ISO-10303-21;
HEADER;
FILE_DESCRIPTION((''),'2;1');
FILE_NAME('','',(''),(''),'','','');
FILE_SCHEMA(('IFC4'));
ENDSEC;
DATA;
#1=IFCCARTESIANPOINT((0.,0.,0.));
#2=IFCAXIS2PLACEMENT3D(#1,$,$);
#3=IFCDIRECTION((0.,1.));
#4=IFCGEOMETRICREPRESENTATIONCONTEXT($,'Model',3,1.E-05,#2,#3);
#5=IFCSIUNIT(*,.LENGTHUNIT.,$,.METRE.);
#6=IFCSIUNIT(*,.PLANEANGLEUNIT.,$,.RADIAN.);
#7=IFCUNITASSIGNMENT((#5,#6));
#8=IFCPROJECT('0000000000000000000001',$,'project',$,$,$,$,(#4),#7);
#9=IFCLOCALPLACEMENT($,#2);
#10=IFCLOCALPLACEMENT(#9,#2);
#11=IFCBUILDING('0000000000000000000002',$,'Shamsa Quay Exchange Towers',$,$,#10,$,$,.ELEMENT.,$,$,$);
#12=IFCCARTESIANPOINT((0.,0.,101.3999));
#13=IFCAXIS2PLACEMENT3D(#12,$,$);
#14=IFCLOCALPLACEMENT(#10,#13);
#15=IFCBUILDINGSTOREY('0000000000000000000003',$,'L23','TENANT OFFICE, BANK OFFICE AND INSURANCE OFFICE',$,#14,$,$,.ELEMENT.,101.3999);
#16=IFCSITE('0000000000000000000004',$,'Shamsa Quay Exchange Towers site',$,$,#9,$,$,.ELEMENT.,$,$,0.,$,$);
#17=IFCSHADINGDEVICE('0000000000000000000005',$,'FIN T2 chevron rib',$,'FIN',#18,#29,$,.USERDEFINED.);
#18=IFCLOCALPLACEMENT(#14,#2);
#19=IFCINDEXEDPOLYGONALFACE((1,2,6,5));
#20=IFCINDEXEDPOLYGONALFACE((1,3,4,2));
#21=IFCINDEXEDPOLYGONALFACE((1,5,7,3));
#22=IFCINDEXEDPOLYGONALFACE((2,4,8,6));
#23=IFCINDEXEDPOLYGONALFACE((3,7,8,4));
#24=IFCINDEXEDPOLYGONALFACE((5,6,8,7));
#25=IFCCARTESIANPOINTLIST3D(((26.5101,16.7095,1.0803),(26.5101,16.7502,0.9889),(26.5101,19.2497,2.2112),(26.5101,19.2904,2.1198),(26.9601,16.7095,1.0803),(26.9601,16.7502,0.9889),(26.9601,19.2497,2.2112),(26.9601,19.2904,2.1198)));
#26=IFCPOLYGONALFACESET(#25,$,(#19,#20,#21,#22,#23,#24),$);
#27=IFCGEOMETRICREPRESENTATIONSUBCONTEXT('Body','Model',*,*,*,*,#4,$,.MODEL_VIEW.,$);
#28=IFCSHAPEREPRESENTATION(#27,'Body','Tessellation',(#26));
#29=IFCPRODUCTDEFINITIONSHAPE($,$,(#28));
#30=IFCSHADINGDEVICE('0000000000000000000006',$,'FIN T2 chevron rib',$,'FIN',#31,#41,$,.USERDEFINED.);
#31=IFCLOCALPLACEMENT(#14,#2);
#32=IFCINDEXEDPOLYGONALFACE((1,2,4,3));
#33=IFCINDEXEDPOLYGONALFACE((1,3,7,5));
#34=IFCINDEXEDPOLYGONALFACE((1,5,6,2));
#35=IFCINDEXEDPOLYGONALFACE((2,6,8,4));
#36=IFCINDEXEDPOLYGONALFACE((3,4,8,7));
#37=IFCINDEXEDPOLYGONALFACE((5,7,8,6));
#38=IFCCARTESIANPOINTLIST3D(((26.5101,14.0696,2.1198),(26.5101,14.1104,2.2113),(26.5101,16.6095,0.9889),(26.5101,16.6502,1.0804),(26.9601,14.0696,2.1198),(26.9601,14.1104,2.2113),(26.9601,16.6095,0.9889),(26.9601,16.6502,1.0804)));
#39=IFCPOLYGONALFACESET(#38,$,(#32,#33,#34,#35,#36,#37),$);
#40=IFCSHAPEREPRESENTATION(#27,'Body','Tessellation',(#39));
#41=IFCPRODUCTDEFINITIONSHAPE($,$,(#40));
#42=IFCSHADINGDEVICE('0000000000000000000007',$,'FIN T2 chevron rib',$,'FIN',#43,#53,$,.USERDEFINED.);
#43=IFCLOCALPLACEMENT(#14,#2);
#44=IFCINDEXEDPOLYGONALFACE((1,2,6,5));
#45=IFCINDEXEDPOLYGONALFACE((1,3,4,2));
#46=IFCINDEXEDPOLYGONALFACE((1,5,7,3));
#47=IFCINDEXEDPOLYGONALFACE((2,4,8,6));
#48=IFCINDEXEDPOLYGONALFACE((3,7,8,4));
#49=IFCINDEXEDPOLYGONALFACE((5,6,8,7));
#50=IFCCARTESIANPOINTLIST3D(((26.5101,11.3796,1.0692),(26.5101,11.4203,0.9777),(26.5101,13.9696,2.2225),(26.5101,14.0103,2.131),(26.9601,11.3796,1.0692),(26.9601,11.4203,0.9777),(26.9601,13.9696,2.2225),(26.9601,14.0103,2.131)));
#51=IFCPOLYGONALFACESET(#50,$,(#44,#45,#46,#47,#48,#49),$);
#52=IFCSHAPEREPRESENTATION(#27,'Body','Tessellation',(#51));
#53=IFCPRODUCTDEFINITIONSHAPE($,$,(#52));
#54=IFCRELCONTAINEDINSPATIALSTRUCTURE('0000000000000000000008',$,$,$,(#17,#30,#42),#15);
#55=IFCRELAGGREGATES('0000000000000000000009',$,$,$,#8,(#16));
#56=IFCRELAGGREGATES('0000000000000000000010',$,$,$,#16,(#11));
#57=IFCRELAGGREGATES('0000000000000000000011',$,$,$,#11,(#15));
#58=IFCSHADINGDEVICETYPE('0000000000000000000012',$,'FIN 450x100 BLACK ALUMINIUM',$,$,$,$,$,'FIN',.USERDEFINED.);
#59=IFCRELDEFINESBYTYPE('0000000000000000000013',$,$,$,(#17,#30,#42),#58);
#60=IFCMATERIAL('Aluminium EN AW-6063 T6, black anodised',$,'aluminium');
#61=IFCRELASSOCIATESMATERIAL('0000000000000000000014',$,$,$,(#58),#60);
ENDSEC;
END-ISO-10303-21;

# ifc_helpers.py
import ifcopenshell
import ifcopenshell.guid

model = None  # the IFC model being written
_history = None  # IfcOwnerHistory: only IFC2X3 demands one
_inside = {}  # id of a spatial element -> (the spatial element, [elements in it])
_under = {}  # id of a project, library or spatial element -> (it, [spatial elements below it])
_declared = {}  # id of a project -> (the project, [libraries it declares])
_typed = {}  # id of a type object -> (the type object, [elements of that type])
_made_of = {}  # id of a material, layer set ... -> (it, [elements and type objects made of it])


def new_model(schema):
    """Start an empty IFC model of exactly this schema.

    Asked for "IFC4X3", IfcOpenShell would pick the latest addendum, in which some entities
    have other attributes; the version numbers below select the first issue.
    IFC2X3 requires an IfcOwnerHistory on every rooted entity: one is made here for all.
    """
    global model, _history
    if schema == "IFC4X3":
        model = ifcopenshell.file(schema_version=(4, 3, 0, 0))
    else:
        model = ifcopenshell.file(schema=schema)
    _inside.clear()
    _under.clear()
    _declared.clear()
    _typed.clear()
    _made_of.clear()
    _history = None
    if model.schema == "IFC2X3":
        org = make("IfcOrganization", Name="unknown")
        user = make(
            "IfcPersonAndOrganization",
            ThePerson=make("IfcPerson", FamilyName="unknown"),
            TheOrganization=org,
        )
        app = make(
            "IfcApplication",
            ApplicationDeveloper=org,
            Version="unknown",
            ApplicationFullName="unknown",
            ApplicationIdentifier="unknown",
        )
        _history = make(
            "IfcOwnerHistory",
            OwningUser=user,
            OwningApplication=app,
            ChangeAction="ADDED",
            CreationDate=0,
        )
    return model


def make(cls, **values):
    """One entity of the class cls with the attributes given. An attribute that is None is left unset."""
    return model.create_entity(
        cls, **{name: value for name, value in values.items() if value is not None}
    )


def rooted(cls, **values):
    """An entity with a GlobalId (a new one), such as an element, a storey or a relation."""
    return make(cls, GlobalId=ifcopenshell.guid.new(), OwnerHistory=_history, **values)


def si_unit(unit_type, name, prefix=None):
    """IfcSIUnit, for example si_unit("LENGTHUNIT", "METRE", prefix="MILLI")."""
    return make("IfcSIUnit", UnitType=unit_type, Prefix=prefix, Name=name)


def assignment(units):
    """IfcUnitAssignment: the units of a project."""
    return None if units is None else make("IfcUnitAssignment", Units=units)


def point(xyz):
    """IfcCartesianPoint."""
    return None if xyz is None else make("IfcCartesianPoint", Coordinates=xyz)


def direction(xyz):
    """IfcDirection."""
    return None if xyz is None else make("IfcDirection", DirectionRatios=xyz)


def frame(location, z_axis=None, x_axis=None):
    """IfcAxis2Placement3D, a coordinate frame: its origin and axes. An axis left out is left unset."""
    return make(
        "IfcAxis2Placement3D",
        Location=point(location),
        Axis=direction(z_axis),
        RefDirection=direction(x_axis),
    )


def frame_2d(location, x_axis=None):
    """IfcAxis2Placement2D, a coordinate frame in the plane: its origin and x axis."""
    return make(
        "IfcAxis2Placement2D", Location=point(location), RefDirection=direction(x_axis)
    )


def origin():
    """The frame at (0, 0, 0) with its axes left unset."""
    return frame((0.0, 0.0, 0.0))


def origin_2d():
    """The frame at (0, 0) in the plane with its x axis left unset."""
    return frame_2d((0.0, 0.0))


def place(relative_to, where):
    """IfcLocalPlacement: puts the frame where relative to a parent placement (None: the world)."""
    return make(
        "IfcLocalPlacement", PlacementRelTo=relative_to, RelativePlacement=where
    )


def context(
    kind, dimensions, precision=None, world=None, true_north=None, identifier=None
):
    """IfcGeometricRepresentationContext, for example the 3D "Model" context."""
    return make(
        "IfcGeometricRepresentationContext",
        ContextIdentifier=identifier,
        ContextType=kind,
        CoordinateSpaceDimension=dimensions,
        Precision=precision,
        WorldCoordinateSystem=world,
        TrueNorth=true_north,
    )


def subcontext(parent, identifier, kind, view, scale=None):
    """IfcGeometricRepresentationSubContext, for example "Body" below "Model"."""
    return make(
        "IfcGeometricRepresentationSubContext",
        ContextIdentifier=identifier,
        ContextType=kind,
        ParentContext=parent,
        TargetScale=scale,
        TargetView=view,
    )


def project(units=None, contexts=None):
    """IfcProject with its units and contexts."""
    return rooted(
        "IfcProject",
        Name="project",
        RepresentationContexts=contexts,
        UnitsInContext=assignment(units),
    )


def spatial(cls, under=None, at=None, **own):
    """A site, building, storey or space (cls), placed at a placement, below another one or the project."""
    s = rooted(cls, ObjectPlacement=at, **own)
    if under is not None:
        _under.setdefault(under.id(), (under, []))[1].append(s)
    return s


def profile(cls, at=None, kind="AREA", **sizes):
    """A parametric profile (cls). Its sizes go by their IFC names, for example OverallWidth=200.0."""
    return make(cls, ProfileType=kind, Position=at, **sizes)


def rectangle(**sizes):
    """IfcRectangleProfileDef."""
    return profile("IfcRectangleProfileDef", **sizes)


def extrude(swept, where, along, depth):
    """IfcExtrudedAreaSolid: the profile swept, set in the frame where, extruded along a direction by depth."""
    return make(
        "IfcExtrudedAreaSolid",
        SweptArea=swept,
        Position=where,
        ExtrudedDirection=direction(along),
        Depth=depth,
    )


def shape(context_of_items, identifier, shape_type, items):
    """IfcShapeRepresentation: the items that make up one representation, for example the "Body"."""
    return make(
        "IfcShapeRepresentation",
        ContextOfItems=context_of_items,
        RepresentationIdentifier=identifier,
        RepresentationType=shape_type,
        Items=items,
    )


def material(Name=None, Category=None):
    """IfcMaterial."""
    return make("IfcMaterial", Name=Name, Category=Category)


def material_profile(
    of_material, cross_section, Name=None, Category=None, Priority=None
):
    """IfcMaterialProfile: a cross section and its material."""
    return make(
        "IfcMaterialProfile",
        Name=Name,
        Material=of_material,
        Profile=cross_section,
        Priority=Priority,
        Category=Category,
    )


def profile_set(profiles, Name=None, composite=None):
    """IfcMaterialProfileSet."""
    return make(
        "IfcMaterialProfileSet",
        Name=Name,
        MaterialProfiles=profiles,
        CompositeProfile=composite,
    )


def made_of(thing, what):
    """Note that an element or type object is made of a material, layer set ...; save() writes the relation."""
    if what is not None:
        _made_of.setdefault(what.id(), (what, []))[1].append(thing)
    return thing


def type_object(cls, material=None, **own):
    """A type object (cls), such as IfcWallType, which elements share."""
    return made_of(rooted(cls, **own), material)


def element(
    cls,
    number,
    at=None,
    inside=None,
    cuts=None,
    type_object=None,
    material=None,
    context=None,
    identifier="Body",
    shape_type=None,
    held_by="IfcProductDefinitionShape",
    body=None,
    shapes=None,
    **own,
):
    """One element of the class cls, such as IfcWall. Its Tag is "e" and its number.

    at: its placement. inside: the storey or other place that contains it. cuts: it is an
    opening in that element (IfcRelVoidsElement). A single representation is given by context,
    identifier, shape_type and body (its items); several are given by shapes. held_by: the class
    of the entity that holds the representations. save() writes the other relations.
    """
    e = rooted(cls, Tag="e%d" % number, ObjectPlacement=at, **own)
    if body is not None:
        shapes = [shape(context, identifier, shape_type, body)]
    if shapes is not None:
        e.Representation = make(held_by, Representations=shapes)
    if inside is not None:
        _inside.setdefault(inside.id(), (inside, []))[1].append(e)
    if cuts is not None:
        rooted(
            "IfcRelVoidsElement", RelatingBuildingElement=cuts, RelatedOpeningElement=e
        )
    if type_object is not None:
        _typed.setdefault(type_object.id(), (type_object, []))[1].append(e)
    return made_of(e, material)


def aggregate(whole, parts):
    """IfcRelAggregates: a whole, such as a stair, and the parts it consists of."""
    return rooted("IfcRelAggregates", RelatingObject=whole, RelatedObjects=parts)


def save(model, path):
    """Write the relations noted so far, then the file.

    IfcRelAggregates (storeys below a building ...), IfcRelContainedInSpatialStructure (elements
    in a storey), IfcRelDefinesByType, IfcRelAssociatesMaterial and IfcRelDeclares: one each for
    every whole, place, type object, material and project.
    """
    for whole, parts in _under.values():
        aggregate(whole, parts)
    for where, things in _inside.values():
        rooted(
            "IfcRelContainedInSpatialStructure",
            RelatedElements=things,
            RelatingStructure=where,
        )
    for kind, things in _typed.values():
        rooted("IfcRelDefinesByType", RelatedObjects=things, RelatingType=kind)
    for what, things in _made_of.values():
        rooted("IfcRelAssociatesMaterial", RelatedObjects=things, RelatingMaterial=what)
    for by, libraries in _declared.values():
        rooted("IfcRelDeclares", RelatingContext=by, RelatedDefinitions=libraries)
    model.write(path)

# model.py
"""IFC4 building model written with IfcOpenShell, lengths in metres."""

from ifc_helpers import new_model, si_unit, direction, frame, origin, origin_2d, place, context, subcontext, project, spatial, rectangle, extrude, material, material_profile, profile_set, type_object, element, save


model = new_model("IFC4")

# Units and contexts
model_context = context("Model", 3, precision=1e-05, world=origin(), true_north=direction((0.0, 1.0)))
body_context = subcontext(model_context, "Body", "Model", "MODEL_VIEW")
ifc_project = project(units=[si_unit("LENGTHUNIT", "METRE"), si_unit("PLANEANGLEUNIT", "RADIAN")], contexts=[model_context])

# Site, building, storey
site_placement = place(None, origin())
site = spatial("IfcSite", under=ifc_project, at=site_placement, Name="Shamsa Quay Exchange Towers site", CompositionType="ELEMENT", RefElevation=0.0)
building_placement = place(site_placement, origin())
building = spatial("IfcBuilding", under=site, at=building_placement, Name="Shamsa Quay Exchange Towers", CompositionType="ELEMENT")
storey_placement = place(building_placement, frame((0.0, 0.0, 101.3999)))
storey = spatial("IfcBuildingStorey", under=building, at=storey_placement, Name="L23", Description="TENANT OFFICE, BANK OFFICE AND INSURANCE OFFICE", CompositionType="ELEMENT", Elevation=101.3999)

# Shared definitions
ifc_material_1 = material(Name="Aluminium EN AW-6063 T6, black anodised", Category="aluminium")

# Shading devices
ifc_material_profile_1 = material_profile(ifc_material_1, rectangle(XDim=0.45, YDim=0.1001, at=origin_2d()), Name="FIN450x100")
ifc_profile_set_1 = profile_set([ifc_material_profile_1], Name="Aluminium EN AW-6063 T6, black anodised")
shading_device_type = type_object("IfcShadingDeviceType", Name="FIN 450x100 BLACK ALUMINIUM", ElementType="FIN", PredefinedType="USERDEFINED", material=ifc_profile_set_1)
shading_device_1_placement = place(storey_placement, frame((26.7351, 19.27, 2.1655), z_axis=(0.0, -0.913551, -0.406725), x_axis=(1.0, 0.0, 0.0)))
element("IfcShadingDevice", 1, at=shading_device_1_placement, inside=storey, type_object=shading_device_type, Name="FIN T2 chevron rib", ObjectType="FIN", PredefinedType="USERDEFINED", context=body_context, shape_type="SweptSolid", body=[
    extrude(rectangle(XDim=0.45, YDim=0.1001, at=origin_2d()), origin(), (0.0, 0.0, 1.0), 2.7805),
])
shading_device_2_placement = place(storey_placement, frame((26.7351, 16.6299, 1.0347), z_axis=(0.0, -0.913536, 0.406758), x_axis=(1.0, 0.0, 0.0)))
element("IfcShadingDevice", 2, at=shading_device_2_placement, inside=storey, type_object=shading_device_type, Name="FIN T2 chevron rib", ObjectType="FIN", PredefinedType="USERDEFINED", context=body_context, shape_type="SweptSolid", body=[
    extrude(rectangle(XDim=0.45, YDim=0.1001, at=origin_2d()), origin(), (0.0, 0.0, 1.0), 2.7803),
])
shading_device_3_placement = place(storey_placement, frame((26.7351, 13.99, 2.1768), z_axis=(0.0, -0.913527, -0.406778), x_axis=(1.0, 0.0, 0.0)))
element("IfcShadingDevice", 3, at=shading_device_3_placement, inside=storey, type_object=shading_device_type, Name="FIN T2 chevron rib", ObjectType="FIN", PredefinedType="USERDEFINED", context=body_context, shape_type="SweptSolid", body=[
    extrude(rectangle(XDim=0.45, YDim=0.1001, at=origin_2d()), origin(), (0.0, 0.0, 1.0), 2.8352),
])

save(model, "model.ifc")
